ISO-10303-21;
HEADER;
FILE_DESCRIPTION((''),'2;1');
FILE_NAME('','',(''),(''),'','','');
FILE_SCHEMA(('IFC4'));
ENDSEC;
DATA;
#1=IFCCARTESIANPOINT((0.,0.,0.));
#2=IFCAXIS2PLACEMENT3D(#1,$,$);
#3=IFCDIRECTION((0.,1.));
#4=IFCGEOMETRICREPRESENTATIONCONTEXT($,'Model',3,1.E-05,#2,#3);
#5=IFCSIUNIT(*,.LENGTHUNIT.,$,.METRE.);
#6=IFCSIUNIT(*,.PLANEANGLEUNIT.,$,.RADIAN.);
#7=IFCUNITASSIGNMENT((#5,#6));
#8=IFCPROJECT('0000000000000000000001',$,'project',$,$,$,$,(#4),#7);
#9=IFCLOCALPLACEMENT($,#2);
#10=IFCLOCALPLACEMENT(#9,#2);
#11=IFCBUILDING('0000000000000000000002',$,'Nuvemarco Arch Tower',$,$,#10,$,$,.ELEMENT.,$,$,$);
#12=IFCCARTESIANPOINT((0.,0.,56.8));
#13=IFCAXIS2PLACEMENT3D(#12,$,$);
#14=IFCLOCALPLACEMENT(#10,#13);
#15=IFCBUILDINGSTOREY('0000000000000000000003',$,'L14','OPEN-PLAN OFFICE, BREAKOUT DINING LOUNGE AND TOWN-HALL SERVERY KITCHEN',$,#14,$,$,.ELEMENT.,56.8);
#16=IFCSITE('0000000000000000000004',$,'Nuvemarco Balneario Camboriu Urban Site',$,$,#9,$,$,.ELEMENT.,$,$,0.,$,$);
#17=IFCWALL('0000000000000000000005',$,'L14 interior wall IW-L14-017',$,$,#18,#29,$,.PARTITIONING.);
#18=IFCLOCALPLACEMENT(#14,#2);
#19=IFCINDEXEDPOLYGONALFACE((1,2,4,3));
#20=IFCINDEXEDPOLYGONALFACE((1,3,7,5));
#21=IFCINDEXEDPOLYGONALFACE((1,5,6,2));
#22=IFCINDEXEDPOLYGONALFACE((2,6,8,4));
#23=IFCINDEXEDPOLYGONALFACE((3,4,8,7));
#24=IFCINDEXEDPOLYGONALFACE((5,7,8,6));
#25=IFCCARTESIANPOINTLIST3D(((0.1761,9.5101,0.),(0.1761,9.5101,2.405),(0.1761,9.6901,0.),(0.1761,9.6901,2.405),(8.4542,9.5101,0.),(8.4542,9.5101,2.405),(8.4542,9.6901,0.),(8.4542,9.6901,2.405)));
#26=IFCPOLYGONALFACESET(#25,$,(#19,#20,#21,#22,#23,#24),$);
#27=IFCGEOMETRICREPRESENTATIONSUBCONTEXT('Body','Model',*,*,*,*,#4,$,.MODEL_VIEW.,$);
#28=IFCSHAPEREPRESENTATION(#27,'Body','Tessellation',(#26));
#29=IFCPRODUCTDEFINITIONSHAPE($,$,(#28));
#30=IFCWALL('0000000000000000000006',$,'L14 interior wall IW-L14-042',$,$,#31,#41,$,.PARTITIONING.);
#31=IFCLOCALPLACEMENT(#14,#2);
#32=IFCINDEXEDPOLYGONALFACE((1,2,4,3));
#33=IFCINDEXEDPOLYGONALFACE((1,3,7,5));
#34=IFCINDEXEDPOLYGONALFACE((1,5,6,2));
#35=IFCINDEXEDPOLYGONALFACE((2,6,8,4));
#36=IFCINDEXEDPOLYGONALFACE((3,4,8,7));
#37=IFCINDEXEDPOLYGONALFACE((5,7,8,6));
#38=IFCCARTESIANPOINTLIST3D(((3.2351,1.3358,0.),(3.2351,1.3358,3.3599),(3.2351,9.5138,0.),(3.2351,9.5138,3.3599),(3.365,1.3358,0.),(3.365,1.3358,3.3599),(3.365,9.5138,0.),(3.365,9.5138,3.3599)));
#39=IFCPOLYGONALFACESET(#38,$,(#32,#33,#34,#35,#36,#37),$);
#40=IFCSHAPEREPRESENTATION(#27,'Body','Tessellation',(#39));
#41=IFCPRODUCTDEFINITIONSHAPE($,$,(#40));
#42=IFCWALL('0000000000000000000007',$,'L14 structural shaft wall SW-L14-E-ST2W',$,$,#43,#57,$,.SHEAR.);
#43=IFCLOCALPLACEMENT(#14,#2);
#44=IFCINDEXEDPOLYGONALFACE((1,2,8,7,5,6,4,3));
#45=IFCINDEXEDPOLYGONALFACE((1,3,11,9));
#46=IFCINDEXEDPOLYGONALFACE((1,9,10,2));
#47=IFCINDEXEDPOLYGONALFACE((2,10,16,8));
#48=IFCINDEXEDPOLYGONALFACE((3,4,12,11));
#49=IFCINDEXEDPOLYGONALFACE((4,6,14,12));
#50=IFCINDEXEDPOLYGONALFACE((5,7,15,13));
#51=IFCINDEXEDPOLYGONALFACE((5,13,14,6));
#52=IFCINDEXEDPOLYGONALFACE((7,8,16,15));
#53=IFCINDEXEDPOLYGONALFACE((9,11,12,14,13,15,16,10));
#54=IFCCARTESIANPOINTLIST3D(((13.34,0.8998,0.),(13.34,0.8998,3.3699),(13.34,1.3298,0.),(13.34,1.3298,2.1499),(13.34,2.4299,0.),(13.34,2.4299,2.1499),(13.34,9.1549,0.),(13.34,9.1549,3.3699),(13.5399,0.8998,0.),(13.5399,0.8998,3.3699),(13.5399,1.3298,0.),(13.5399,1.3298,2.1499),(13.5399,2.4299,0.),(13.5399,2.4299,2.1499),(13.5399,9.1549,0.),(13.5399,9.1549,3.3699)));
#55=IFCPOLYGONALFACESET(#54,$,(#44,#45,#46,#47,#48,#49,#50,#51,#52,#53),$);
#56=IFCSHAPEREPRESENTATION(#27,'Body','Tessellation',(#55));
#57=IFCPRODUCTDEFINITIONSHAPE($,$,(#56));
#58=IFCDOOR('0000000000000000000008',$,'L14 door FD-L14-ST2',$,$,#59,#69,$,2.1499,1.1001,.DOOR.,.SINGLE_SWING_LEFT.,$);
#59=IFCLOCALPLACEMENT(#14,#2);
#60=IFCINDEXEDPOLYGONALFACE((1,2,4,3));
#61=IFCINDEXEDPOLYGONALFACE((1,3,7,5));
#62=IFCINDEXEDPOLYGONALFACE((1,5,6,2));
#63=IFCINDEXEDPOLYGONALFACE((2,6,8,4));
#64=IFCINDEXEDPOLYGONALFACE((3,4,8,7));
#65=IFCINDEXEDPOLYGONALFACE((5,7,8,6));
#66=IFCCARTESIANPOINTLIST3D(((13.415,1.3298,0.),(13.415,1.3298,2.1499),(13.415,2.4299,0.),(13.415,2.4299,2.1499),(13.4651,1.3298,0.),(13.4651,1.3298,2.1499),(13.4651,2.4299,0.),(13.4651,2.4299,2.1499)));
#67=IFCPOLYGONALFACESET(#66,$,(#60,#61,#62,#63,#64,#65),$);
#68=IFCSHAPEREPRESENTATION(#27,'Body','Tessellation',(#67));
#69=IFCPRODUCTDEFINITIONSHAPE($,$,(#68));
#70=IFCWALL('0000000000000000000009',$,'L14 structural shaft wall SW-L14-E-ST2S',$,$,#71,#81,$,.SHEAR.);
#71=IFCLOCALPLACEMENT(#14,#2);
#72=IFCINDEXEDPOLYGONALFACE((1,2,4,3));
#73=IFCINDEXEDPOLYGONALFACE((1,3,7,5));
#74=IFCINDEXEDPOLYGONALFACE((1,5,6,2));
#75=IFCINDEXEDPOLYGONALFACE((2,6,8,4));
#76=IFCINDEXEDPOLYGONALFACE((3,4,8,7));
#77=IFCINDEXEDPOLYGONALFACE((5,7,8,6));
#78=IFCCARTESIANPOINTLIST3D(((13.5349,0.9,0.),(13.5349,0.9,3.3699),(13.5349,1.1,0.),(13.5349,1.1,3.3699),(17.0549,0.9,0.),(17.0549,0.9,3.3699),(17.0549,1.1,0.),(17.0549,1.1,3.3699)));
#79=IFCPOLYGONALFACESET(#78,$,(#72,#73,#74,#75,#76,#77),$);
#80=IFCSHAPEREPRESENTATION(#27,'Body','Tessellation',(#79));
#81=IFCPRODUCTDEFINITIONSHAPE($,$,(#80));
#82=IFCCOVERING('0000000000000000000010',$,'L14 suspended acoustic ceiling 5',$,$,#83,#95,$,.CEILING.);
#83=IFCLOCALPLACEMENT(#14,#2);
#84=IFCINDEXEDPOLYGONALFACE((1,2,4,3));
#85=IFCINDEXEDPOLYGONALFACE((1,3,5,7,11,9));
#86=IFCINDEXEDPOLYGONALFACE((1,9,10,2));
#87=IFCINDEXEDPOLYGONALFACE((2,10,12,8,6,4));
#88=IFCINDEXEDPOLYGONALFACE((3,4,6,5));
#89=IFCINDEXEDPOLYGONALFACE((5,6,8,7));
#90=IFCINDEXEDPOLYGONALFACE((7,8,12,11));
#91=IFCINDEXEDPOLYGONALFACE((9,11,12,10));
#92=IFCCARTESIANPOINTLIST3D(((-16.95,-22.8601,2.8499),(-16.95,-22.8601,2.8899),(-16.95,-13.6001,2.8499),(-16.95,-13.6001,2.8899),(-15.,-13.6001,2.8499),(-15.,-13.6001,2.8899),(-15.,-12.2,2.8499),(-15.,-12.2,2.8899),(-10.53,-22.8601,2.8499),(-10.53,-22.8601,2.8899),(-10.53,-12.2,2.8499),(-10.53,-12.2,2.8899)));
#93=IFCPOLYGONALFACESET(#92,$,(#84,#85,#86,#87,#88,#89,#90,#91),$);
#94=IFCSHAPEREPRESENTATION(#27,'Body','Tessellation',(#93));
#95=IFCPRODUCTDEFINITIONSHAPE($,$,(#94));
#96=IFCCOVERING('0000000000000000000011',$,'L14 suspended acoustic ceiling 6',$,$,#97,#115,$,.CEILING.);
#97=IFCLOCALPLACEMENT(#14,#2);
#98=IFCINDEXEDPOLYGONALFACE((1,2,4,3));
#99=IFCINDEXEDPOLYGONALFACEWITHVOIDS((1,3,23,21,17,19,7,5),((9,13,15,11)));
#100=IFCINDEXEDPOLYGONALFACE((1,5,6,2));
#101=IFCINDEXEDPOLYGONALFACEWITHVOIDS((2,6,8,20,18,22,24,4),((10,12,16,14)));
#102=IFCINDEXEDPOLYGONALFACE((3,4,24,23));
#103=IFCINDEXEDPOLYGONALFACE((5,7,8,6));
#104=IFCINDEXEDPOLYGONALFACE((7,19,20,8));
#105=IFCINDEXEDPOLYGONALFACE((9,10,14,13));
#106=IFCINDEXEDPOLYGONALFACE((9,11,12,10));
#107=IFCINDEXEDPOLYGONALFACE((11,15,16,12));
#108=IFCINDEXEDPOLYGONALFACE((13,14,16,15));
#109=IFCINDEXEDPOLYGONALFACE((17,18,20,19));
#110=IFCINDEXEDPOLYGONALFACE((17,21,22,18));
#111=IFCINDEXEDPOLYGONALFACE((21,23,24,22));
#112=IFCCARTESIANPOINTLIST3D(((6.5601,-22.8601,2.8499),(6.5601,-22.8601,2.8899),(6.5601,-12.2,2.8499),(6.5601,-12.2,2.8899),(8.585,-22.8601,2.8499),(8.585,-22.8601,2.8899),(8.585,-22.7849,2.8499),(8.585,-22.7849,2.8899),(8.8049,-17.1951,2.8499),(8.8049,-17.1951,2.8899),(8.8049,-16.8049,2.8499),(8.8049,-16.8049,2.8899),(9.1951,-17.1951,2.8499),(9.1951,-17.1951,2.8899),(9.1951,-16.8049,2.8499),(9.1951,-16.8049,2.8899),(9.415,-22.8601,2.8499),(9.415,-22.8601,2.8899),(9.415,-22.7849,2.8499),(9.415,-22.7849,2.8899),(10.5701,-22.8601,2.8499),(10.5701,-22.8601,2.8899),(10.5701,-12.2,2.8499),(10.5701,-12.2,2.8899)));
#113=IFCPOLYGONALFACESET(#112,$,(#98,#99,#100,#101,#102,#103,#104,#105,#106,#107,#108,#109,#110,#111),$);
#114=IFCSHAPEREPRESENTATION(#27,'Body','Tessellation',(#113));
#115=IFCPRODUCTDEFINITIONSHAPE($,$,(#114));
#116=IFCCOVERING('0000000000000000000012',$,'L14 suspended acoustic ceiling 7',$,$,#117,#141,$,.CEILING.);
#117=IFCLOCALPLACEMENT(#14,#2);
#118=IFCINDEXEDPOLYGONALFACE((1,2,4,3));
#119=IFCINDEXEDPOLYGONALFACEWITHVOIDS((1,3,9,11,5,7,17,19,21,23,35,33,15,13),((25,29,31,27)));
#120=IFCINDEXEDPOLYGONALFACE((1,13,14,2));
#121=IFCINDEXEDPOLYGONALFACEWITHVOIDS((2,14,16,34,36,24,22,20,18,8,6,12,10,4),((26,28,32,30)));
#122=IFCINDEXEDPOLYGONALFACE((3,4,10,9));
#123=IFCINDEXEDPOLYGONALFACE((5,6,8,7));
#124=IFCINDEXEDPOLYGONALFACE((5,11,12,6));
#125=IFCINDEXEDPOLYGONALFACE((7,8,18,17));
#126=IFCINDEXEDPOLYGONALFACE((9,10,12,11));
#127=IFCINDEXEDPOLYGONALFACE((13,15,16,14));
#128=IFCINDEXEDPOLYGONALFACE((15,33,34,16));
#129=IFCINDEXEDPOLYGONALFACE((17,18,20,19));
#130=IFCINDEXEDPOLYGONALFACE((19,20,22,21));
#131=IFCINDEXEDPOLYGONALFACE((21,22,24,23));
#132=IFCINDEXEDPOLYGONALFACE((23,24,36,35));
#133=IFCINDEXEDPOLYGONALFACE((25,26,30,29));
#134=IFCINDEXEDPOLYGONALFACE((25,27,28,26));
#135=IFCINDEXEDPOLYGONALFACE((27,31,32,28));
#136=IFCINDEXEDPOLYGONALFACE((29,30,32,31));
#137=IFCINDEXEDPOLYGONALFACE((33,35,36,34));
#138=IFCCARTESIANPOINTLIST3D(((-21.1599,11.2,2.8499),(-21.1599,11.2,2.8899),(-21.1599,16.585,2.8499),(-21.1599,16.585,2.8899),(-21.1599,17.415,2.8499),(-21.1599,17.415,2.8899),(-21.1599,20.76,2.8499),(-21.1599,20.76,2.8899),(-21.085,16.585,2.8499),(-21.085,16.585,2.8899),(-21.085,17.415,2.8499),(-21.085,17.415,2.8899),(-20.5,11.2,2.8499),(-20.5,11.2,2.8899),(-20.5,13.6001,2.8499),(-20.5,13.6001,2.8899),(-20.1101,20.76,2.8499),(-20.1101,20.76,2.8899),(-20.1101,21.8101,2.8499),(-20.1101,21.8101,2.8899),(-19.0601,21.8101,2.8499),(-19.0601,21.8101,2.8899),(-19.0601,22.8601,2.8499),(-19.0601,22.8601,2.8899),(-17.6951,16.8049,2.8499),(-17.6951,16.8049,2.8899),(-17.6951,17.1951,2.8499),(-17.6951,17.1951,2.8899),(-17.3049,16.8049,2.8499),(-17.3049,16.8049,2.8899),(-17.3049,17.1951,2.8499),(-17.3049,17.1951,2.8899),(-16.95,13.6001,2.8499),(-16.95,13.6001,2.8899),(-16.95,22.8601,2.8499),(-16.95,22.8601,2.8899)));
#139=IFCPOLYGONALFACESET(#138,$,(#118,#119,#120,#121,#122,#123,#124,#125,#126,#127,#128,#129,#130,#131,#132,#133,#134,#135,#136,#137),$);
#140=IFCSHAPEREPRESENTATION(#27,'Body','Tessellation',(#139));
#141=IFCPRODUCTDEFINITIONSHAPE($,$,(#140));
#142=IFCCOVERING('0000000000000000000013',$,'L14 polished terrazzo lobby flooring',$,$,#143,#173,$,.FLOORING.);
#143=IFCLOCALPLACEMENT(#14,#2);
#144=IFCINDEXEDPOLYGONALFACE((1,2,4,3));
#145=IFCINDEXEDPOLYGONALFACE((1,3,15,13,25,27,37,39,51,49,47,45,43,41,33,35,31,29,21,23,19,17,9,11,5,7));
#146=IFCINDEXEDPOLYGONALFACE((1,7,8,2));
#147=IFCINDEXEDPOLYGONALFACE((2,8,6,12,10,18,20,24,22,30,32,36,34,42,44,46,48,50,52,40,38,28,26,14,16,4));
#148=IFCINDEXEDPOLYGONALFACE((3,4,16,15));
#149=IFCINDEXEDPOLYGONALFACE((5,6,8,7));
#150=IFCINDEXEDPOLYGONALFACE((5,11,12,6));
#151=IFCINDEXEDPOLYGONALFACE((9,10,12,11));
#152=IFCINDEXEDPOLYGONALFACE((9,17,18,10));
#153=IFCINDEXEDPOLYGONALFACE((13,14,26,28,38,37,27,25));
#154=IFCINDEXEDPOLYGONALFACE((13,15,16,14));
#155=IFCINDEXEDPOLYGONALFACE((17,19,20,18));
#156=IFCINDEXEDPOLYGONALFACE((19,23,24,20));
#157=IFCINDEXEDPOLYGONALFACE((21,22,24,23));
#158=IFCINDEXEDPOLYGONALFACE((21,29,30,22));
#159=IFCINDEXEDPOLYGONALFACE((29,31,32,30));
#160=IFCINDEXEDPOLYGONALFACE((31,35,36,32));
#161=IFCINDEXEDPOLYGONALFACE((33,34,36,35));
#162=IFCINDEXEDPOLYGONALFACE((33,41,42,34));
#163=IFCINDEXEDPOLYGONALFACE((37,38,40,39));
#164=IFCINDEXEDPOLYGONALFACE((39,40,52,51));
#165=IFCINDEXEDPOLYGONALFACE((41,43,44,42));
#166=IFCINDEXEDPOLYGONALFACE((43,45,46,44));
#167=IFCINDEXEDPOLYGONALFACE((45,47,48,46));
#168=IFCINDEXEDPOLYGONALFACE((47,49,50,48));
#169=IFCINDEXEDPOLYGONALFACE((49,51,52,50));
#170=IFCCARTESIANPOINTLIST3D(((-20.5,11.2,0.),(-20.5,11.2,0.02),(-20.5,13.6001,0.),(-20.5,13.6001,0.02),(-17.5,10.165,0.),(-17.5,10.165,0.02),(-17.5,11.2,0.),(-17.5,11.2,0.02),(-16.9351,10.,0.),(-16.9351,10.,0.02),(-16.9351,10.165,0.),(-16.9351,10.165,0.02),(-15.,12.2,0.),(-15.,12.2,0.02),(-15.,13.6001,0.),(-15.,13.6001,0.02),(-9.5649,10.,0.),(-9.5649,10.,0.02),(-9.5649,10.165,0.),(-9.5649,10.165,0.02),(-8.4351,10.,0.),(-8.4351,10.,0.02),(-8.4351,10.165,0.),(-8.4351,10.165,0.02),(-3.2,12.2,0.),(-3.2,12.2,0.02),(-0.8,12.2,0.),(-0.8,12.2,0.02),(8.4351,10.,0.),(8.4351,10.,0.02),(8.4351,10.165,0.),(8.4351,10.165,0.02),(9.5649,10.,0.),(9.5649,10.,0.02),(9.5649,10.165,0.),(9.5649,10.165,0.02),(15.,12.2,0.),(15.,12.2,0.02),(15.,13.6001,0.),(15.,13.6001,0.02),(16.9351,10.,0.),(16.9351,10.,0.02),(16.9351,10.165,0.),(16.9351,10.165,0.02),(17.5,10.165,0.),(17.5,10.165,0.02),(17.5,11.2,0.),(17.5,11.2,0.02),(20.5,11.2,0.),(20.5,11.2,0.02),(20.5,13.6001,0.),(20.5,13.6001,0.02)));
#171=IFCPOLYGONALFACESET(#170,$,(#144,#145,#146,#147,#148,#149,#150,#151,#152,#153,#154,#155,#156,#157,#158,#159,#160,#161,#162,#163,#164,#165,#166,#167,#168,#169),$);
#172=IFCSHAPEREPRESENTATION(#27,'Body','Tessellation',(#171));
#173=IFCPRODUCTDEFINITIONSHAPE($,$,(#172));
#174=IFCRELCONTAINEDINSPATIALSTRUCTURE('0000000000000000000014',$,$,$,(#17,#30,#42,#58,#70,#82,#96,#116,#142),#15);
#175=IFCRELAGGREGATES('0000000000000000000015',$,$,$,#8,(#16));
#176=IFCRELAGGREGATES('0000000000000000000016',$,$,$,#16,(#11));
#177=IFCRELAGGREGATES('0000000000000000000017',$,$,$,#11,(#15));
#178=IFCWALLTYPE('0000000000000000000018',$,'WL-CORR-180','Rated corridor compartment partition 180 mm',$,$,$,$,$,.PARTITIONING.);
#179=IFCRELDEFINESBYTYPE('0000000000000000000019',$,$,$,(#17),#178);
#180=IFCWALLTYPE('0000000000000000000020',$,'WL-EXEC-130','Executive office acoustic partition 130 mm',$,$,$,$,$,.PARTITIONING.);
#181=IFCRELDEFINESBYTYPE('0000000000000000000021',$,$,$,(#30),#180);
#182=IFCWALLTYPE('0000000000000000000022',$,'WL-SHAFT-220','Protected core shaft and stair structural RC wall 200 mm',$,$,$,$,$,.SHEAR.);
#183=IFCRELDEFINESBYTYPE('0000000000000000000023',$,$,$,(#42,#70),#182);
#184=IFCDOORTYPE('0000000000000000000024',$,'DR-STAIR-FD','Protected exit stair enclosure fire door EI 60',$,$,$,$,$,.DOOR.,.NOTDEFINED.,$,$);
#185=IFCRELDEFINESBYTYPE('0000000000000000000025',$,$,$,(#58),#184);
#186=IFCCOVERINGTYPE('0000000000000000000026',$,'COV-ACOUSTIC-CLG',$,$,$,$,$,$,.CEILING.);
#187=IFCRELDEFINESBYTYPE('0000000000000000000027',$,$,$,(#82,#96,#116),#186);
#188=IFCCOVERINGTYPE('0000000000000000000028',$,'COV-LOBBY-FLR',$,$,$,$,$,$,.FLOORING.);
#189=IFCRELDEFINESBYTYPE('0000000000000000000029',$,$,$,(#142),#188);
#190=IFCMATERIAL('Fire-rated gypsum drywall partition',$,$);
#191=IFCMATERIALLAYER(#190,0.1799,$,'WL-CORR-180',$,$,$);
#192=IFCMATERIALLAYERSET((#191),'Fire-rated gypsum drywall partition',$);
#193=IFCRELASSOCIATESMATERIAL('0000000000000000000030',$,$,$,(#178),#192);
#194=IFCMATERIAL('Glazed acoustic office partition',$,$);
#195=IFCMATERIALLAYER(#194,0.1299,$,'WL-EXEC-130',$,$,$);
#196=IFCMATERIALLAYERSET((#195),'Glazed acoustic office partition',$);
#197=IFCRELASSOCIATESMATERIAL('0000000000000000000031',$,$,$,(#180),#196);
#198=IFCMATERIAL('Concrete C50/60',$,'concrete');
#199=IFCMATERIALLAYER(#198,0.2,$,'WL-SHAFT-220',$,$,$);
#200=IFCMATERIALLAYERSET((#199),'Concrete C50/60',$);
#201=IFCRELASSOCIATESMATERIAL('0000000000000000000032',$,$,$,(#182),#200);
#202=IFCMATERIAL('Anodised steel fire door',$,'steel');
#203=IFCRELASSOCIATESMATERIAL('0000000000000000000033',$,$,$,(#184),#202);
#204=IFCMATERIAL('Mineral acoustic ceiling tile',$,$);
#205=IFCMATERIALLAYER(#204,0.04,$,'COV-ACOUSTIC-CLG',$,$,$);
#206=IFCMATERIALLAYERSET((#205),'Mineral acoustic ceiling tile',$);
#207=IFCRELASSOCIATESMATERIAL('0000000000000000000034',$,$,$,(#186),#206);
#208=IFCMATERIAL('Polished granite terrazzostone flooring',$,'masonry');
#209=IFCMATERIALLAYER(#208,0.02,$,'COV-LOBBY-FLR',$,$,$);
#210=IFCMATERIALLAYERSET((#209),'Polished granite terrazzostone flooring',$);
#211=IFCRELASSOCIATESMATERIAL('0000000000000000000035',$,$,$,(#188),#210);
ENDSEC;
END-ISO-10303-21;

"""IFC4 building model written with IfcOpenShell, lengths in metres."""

from ifc_helpers import new_model, si_unit, direction, frame, frame_2d, origin, place, context, subcontext, project, spatial, polyline, rectangle, outline, extrude, source, transform, mapped, material, layer, layer_set, type_object, type_shapes, element, fill, save


model = new_model("IFC4")

# Units and contexts
model_context = context("Model", 3, precision=1e-05, world=origin(), true_north=direction((0.0, 1.0)))
body_context = subcontext(model_context, "Body", "Model", "MODEL_VIEW")
ifc_project = project(units=[si_unit("LENGTHUNIT", "METRE"), si_unit("PLANEANGLEUNIT", "RADIAN")], contexts=[model_context])

# Site, building, storey
site_placement = place(None, origin())
site = spatial("IfcSite", under=ifc_project, at=site_placement, Name="Nuvemarco Balneario Camboriu Urban Site", CompositionType="ELEMENT", RefElevation=0.0)
building_placement = place(site_placement, origin())
building = spatial("IfcBuilding", under=site, at=building_placement, Name="Nuvemarco Arch Tower", CompositionType="ELEMENT")
storey_placement = place(building_placement, frame((0.0, 0.0, 56.8)))
storey = spatial("IfcBuildingStorey", under=building, at=storey_placement, Name="L14", Description="OPEN-PLAN OFFICE, BREAKOUT DINING LOUNGE AND TOWN-HALL SERVERY KITCHEN", CompositionType="ELEMENT", Elevation=56.8)

# Shared definitions
ifc_material_1 = material(Name="Fire-rated gypsum drywall partition")
ifc_layer_1 = layer(ifc_material_1, 0.1799, Name="WL-CORR-180")
ifc_layer_set_1 = layer_set([ifc_layer_1], Name="Fire-rated gypsum drywall partition")
wall_type_1 = type_object("IfcWallType", Name="WL-CORR-180", Description="Rated corridor compartment partition 180 mm", PredefinedType="PARTITIONING", material=ifc_layer_set_1)
ifc_material_2 = material(Name="Anodised steel fire door", Category="steel")

# Walls
wall_1_placement = place(storey_placement, frame((0.176, 9.6001, 0.0), z_axis=(0.0, 0.0, 1.0), x_axis=(1.0, 0.0, 0.0)))
element("IfcWall", 1, at=wall_1_placement, inside=storey, type_object=wall_type_1, Name="L14 interior wall IW-L14-017", PredefinedType="PARTITIONING", context=body_context, shape_type="SweptSolid", body=[
    extrude(rectangle(XDim=8.2781, YDim=0.1799, at=frame_2d((4.1392, 0.0))), origin(), (0.0, 0.0, 1.0), 2.405),
])
ifc_material_3 = material(Name="Glazed acoustic office partition")
ifc_layer_2 = layer(ifc_material_3, 0.1299, Name="WL-EXEC-130")
ifc_layer_set_2 = layer_set([ifc_layer_2], Name="Glazed acoustic office partition")
wall_type_2 = type_object("IfcWallType", Name="WL-EXEC-130", Description="Executive office acoustic partition 130 mm", PredefinedType="PARTITIONING", material=ifc_layer_set_2)
wall_2_placement = place(storey_placement, frame((3.3, 1.3359, 0.0), z_axis=(0.0, 0.0, 1.0), x_axis=(0.0, 1.0, 0.0)))
element("IfcWall", 2, at=wall_2_placement, inside=storey, type_object=wall_type_2, Name="L14 interior wall IW-L14-042", PredefinedType="PARTITIONING", context=body_context, shape_type="SweptSolid", body=[
    extrude(rectangle(XDim=8.178, YDim=0.1299, at=frame_2d((4.0889, 0.0))), origin(), (0.0, 0.0, 1.0), 3.3599),
])

# Wall, opening, door
ifc_material_4 = material(Name="Concrete C50/60", Category="concrete")
ifc_layer_3 = layer(ifc_material_4, 0.2, Name="WL-SHAFT-220")
ifc_layer_set_3 = layer_set([ifc_layer_3], Name="Concrete C50/60")
wall_type_3 = type_object("IfcWallType", Name="WL-SHAFT-220", Description="Protected core shaft and stair structural RC wall 200 mm", PredefinedType="SHEAR", material=ifc_layer_set_3)
wall_3_placement = place(storey_placement, frame((13.4399, 0.8999, 0.0), z_axis=(0.0, 0.0, 1.0), x_axis=(0.0, 1.0, 0.0)))
wall_3 = element("IfcWall", 3, at=wall_3_placement, inside=storey, type_object=wall_type_3, Name="L14 structural shaft wall SW-L14-E-ST2W", PredefinedType="SHEAR", context=body_context, shape_type="SweptSolid", body=[
    extrude(rectangle(XDim=8.2551, YDim=0.2, at=frame_2d((4.1274, 0.0))), origin(), (0.0, 0.0, 1.0), 3.3699),
])
opening_1_placement = place(wall_3_placement, frame((0.4299, 0.0, 0.0)))
opening_1 = element("IfcOpeningElement", 4, at=opening_1_placement, cuts=wall_3, PredefinedType="OPENING", context=body_context, shape_type="SweptSolid", body=[
    extrude(rectangle(XDim=1.1001, YDim=2.1499, at=frame_2d((0.55, 1.075))), frame((0.0, 0.1099, 0.0), z_axis=(0.0, -1.0, 0.0), x_axis=(1.0, 0.0, 0.0)), (0.0, 0.0, 1.0), 0.22),
])
door_type_1 = type_object("IfcDoorType", Name="DR-STAIR-FD", Description="Protected exit stair enclosure fire door EI 60", OperationType="NOTDEFINED", PredefinedType="DOOR", material=ifc_material_2)
shared_shape_1 = source(origin(), body_context, "Body", "SweptSolid", [
    extrude(rectangle(XDim=1.1001, YDim=2.1499, at=frame_2d((0.55, 1.075))), frame((0.0, 0.0249, 0.0), z_axis=(0.0, -1.0, 0.0), x_axis=(1.0, 0.0, 0.0)), (0.0, 0.0, 1.0), 0.05),
])
type_shapes(door_type_1, [shared_shape_1])
door_1_placement = place(opening_1_placement, origin())
door_1 = element("IfcDoor", 5, at=door_1_placement, inside=storey, type_object=door_type_1, Name="L14 door FD-L14-ST2", OperationType="SINGLE_SWING_LEFT", OverallHeight=2.1499, OverallWidth=1.1001, PredefinedType="DOOR", context=body_context, shape_type="MappedRepresentation", body=[
    mapped(shared_shape_1, transform((0.0, 0.0, 0.0), scale=1.0)),
])
fill(opening_1, door_1)

# Wall
wall_4_placement = place(storey_placement, frame((13.5349, 1.0, 0.0), z_axis=(0.0, 0.0, 1.0), x_axis=(1.0, 0.0, 0.0)))
element("IfcWall", 6, at=wall_4_placement, inside=storey, type_object=wall_type_3, Name="L14 structural shaft wall SW-L14-E-ST2S", PredefinedType="SHEAR", context=body_context, shape_type="SweptSolid", body=[
    extrude(rectangle(XDim=3.52, YDim=0.2, at=frame_2d((1.76, 0.0))), origin(), (0.0, 0.0, 1.0), 3.3699),
])

# Coverings
ifc_material_5 = material(Name="Mineral acoustic ceiling tile")
ifc_layer_4 = layer(ifc_material_5, 0.04, Name="COV-ACOUSTIC-CLG")
ifc_layer_set_4 = layer_set([ifc_layer_4], Name="Mineral acoustic ceiling tile")
covering_type_1 = type_object("IfcCoveringType", Name="COV-ACOUSTIC-CLG", PredefinedType="CEILING", material=ifc_layer_set_4)
covering_1_placement = place(storey_placement, frame((0.0, 0.0, 2.8499)))
element("IfcCovering", 7, at=covering_1_placement, inside=storey, type_object=covering_type_1, Name="L14 suspended acoustic ceiling 5", PredefinedType="CEILING", context=body_context, shape_type="SweptSolid", body=[
    extrude(outline(polyline([(-10.53, -12.2), (-10.53, -22.8601), (-16.95, -22.8601), (-16.95, -13.6001), (-15.0, -13.6001), (-15.0, -12.2), (-10.53, -12.2)])), origin(), (0.0, 0.0, 1.0), 0.04),
])
covering_2_placement = place(storey_placement, frame((0.0, 0.0, 2.8499)))
element("IfcCovering", 8, at=covering_2_placement, inside=storey, type_object=covering_type_1, Name="L14 suspended acoustic ceiling 6", PredefinedType="CEILING", context=body_context, shape_type="SweptSolid", body=[
    extrude(outline(polyline([(9.415, -22.8601), (9.415, -22.7849), (8.585, -22.7849), (8.585, -22.8601), (6.5601, -22.8601), (6.5601, -12.2), (10.5701, -12.2), (10.5701, -22.8601), (9.415, -22.8601)]), holes=[polyline([(9.1951, -17.1951), (9.1951, -16.8049), (8.8049, -16.8049), (8.8049, -17.1951), (9.1951, -17.1951)])]), origin(), (0.0, 0.0, 1.0), 0.04),
])
covering_3_placement = place(storey_placement, frame((0.0, 0.0, 2.8499)))
element("IfcCovering", 9, at=covering_3_placement, inside=storey, type_object=covering_type_1, Name="L14 suspended acoustic ceiling 7", PredefinedType="CEILING", context=body_context, shape_type="SweptSolid", body=[
    extrude(outline(polyline([(-21.085, 16.585), (-21.085, 17.415), (-21.1599, 17.415), (-21.1599, 20.76), (-20.1101, 20.76), (-20.1101, 21.8101), (-19.0601, 21.8101), (-19.0601, 22.8601), (-16.95, 22.8601), (-16.95, 13.6001), (-20.5, 13.6001), (-20.5, 11.2), (-21.1599, 11.2), (-21.1599, 16.585), (-21.085, 16.585)]), holes=[polyline([(-17.3049, 16.8049), (-17.3049, 17.1951), (-17.6951, 17.1951), (-17.6951, 16.8049), (-17.3049, 16.8049)])]), origin(), (0.0, 0.0, 1.0), 0.04),
])
ifc_material_6 = material(Name="Polished granite terrazzostone flooring", Category="masonry")
ifc_layer_5 = layer(ifc_material_6, 0.02, Name="COV-LOBBY-FLR")
ifc_layer_set_5 = layer_set([ifc_layer_5], Name="Polished granite terrazzostone flooring")
covering_type_2 = type_object("IfcCoveringType", Name="COV-LOBBY-FLR", PredefinedType="FLOORING", material=ifc_layer_set_5)
covering_4_placement = place(storey_placement, origin())
element("IfcCovering", 10, at=covering_4_placement, inside=storey, type_object=covering_type_2, Name="L14 polished terrazzo lobby flooring", PredefinedType="FLOORING", context=body_context, shape_type="SweptSolid", body=[
    extrude(outline(polyline([(-8.4351, 10.165), (-9.5649, 10.165), (-9.5649, 10.0), (-16.9351, 10.0), (-16.9351, 10.165), (-17.5, 10.165), (-17.5, 11.2), (-20.5, 11.2), (-20.5, 13.6001), (-15.0, 13.6001), (-15.0, 12.2), (-3.2, 12.2), (-0.8, 12.2), (15.0, 12.2), (15.0, 13.6001), (20.5, 13.6001), (20.5, 11.2), (17.5, 11.2), (17.5, 10.165), (16.9351, 10.165), (16.9351, 10.0), (9.5649, 10.0), (9.5649, 10.165), (8.4351, 10.165), (8.4351, 10.0), (-8.4351, 10.0), (-8.4351, 10.165)])), origin(), (0.0, 0.0, 1.0), 0.02),
])

save(model, "model.ifc")
